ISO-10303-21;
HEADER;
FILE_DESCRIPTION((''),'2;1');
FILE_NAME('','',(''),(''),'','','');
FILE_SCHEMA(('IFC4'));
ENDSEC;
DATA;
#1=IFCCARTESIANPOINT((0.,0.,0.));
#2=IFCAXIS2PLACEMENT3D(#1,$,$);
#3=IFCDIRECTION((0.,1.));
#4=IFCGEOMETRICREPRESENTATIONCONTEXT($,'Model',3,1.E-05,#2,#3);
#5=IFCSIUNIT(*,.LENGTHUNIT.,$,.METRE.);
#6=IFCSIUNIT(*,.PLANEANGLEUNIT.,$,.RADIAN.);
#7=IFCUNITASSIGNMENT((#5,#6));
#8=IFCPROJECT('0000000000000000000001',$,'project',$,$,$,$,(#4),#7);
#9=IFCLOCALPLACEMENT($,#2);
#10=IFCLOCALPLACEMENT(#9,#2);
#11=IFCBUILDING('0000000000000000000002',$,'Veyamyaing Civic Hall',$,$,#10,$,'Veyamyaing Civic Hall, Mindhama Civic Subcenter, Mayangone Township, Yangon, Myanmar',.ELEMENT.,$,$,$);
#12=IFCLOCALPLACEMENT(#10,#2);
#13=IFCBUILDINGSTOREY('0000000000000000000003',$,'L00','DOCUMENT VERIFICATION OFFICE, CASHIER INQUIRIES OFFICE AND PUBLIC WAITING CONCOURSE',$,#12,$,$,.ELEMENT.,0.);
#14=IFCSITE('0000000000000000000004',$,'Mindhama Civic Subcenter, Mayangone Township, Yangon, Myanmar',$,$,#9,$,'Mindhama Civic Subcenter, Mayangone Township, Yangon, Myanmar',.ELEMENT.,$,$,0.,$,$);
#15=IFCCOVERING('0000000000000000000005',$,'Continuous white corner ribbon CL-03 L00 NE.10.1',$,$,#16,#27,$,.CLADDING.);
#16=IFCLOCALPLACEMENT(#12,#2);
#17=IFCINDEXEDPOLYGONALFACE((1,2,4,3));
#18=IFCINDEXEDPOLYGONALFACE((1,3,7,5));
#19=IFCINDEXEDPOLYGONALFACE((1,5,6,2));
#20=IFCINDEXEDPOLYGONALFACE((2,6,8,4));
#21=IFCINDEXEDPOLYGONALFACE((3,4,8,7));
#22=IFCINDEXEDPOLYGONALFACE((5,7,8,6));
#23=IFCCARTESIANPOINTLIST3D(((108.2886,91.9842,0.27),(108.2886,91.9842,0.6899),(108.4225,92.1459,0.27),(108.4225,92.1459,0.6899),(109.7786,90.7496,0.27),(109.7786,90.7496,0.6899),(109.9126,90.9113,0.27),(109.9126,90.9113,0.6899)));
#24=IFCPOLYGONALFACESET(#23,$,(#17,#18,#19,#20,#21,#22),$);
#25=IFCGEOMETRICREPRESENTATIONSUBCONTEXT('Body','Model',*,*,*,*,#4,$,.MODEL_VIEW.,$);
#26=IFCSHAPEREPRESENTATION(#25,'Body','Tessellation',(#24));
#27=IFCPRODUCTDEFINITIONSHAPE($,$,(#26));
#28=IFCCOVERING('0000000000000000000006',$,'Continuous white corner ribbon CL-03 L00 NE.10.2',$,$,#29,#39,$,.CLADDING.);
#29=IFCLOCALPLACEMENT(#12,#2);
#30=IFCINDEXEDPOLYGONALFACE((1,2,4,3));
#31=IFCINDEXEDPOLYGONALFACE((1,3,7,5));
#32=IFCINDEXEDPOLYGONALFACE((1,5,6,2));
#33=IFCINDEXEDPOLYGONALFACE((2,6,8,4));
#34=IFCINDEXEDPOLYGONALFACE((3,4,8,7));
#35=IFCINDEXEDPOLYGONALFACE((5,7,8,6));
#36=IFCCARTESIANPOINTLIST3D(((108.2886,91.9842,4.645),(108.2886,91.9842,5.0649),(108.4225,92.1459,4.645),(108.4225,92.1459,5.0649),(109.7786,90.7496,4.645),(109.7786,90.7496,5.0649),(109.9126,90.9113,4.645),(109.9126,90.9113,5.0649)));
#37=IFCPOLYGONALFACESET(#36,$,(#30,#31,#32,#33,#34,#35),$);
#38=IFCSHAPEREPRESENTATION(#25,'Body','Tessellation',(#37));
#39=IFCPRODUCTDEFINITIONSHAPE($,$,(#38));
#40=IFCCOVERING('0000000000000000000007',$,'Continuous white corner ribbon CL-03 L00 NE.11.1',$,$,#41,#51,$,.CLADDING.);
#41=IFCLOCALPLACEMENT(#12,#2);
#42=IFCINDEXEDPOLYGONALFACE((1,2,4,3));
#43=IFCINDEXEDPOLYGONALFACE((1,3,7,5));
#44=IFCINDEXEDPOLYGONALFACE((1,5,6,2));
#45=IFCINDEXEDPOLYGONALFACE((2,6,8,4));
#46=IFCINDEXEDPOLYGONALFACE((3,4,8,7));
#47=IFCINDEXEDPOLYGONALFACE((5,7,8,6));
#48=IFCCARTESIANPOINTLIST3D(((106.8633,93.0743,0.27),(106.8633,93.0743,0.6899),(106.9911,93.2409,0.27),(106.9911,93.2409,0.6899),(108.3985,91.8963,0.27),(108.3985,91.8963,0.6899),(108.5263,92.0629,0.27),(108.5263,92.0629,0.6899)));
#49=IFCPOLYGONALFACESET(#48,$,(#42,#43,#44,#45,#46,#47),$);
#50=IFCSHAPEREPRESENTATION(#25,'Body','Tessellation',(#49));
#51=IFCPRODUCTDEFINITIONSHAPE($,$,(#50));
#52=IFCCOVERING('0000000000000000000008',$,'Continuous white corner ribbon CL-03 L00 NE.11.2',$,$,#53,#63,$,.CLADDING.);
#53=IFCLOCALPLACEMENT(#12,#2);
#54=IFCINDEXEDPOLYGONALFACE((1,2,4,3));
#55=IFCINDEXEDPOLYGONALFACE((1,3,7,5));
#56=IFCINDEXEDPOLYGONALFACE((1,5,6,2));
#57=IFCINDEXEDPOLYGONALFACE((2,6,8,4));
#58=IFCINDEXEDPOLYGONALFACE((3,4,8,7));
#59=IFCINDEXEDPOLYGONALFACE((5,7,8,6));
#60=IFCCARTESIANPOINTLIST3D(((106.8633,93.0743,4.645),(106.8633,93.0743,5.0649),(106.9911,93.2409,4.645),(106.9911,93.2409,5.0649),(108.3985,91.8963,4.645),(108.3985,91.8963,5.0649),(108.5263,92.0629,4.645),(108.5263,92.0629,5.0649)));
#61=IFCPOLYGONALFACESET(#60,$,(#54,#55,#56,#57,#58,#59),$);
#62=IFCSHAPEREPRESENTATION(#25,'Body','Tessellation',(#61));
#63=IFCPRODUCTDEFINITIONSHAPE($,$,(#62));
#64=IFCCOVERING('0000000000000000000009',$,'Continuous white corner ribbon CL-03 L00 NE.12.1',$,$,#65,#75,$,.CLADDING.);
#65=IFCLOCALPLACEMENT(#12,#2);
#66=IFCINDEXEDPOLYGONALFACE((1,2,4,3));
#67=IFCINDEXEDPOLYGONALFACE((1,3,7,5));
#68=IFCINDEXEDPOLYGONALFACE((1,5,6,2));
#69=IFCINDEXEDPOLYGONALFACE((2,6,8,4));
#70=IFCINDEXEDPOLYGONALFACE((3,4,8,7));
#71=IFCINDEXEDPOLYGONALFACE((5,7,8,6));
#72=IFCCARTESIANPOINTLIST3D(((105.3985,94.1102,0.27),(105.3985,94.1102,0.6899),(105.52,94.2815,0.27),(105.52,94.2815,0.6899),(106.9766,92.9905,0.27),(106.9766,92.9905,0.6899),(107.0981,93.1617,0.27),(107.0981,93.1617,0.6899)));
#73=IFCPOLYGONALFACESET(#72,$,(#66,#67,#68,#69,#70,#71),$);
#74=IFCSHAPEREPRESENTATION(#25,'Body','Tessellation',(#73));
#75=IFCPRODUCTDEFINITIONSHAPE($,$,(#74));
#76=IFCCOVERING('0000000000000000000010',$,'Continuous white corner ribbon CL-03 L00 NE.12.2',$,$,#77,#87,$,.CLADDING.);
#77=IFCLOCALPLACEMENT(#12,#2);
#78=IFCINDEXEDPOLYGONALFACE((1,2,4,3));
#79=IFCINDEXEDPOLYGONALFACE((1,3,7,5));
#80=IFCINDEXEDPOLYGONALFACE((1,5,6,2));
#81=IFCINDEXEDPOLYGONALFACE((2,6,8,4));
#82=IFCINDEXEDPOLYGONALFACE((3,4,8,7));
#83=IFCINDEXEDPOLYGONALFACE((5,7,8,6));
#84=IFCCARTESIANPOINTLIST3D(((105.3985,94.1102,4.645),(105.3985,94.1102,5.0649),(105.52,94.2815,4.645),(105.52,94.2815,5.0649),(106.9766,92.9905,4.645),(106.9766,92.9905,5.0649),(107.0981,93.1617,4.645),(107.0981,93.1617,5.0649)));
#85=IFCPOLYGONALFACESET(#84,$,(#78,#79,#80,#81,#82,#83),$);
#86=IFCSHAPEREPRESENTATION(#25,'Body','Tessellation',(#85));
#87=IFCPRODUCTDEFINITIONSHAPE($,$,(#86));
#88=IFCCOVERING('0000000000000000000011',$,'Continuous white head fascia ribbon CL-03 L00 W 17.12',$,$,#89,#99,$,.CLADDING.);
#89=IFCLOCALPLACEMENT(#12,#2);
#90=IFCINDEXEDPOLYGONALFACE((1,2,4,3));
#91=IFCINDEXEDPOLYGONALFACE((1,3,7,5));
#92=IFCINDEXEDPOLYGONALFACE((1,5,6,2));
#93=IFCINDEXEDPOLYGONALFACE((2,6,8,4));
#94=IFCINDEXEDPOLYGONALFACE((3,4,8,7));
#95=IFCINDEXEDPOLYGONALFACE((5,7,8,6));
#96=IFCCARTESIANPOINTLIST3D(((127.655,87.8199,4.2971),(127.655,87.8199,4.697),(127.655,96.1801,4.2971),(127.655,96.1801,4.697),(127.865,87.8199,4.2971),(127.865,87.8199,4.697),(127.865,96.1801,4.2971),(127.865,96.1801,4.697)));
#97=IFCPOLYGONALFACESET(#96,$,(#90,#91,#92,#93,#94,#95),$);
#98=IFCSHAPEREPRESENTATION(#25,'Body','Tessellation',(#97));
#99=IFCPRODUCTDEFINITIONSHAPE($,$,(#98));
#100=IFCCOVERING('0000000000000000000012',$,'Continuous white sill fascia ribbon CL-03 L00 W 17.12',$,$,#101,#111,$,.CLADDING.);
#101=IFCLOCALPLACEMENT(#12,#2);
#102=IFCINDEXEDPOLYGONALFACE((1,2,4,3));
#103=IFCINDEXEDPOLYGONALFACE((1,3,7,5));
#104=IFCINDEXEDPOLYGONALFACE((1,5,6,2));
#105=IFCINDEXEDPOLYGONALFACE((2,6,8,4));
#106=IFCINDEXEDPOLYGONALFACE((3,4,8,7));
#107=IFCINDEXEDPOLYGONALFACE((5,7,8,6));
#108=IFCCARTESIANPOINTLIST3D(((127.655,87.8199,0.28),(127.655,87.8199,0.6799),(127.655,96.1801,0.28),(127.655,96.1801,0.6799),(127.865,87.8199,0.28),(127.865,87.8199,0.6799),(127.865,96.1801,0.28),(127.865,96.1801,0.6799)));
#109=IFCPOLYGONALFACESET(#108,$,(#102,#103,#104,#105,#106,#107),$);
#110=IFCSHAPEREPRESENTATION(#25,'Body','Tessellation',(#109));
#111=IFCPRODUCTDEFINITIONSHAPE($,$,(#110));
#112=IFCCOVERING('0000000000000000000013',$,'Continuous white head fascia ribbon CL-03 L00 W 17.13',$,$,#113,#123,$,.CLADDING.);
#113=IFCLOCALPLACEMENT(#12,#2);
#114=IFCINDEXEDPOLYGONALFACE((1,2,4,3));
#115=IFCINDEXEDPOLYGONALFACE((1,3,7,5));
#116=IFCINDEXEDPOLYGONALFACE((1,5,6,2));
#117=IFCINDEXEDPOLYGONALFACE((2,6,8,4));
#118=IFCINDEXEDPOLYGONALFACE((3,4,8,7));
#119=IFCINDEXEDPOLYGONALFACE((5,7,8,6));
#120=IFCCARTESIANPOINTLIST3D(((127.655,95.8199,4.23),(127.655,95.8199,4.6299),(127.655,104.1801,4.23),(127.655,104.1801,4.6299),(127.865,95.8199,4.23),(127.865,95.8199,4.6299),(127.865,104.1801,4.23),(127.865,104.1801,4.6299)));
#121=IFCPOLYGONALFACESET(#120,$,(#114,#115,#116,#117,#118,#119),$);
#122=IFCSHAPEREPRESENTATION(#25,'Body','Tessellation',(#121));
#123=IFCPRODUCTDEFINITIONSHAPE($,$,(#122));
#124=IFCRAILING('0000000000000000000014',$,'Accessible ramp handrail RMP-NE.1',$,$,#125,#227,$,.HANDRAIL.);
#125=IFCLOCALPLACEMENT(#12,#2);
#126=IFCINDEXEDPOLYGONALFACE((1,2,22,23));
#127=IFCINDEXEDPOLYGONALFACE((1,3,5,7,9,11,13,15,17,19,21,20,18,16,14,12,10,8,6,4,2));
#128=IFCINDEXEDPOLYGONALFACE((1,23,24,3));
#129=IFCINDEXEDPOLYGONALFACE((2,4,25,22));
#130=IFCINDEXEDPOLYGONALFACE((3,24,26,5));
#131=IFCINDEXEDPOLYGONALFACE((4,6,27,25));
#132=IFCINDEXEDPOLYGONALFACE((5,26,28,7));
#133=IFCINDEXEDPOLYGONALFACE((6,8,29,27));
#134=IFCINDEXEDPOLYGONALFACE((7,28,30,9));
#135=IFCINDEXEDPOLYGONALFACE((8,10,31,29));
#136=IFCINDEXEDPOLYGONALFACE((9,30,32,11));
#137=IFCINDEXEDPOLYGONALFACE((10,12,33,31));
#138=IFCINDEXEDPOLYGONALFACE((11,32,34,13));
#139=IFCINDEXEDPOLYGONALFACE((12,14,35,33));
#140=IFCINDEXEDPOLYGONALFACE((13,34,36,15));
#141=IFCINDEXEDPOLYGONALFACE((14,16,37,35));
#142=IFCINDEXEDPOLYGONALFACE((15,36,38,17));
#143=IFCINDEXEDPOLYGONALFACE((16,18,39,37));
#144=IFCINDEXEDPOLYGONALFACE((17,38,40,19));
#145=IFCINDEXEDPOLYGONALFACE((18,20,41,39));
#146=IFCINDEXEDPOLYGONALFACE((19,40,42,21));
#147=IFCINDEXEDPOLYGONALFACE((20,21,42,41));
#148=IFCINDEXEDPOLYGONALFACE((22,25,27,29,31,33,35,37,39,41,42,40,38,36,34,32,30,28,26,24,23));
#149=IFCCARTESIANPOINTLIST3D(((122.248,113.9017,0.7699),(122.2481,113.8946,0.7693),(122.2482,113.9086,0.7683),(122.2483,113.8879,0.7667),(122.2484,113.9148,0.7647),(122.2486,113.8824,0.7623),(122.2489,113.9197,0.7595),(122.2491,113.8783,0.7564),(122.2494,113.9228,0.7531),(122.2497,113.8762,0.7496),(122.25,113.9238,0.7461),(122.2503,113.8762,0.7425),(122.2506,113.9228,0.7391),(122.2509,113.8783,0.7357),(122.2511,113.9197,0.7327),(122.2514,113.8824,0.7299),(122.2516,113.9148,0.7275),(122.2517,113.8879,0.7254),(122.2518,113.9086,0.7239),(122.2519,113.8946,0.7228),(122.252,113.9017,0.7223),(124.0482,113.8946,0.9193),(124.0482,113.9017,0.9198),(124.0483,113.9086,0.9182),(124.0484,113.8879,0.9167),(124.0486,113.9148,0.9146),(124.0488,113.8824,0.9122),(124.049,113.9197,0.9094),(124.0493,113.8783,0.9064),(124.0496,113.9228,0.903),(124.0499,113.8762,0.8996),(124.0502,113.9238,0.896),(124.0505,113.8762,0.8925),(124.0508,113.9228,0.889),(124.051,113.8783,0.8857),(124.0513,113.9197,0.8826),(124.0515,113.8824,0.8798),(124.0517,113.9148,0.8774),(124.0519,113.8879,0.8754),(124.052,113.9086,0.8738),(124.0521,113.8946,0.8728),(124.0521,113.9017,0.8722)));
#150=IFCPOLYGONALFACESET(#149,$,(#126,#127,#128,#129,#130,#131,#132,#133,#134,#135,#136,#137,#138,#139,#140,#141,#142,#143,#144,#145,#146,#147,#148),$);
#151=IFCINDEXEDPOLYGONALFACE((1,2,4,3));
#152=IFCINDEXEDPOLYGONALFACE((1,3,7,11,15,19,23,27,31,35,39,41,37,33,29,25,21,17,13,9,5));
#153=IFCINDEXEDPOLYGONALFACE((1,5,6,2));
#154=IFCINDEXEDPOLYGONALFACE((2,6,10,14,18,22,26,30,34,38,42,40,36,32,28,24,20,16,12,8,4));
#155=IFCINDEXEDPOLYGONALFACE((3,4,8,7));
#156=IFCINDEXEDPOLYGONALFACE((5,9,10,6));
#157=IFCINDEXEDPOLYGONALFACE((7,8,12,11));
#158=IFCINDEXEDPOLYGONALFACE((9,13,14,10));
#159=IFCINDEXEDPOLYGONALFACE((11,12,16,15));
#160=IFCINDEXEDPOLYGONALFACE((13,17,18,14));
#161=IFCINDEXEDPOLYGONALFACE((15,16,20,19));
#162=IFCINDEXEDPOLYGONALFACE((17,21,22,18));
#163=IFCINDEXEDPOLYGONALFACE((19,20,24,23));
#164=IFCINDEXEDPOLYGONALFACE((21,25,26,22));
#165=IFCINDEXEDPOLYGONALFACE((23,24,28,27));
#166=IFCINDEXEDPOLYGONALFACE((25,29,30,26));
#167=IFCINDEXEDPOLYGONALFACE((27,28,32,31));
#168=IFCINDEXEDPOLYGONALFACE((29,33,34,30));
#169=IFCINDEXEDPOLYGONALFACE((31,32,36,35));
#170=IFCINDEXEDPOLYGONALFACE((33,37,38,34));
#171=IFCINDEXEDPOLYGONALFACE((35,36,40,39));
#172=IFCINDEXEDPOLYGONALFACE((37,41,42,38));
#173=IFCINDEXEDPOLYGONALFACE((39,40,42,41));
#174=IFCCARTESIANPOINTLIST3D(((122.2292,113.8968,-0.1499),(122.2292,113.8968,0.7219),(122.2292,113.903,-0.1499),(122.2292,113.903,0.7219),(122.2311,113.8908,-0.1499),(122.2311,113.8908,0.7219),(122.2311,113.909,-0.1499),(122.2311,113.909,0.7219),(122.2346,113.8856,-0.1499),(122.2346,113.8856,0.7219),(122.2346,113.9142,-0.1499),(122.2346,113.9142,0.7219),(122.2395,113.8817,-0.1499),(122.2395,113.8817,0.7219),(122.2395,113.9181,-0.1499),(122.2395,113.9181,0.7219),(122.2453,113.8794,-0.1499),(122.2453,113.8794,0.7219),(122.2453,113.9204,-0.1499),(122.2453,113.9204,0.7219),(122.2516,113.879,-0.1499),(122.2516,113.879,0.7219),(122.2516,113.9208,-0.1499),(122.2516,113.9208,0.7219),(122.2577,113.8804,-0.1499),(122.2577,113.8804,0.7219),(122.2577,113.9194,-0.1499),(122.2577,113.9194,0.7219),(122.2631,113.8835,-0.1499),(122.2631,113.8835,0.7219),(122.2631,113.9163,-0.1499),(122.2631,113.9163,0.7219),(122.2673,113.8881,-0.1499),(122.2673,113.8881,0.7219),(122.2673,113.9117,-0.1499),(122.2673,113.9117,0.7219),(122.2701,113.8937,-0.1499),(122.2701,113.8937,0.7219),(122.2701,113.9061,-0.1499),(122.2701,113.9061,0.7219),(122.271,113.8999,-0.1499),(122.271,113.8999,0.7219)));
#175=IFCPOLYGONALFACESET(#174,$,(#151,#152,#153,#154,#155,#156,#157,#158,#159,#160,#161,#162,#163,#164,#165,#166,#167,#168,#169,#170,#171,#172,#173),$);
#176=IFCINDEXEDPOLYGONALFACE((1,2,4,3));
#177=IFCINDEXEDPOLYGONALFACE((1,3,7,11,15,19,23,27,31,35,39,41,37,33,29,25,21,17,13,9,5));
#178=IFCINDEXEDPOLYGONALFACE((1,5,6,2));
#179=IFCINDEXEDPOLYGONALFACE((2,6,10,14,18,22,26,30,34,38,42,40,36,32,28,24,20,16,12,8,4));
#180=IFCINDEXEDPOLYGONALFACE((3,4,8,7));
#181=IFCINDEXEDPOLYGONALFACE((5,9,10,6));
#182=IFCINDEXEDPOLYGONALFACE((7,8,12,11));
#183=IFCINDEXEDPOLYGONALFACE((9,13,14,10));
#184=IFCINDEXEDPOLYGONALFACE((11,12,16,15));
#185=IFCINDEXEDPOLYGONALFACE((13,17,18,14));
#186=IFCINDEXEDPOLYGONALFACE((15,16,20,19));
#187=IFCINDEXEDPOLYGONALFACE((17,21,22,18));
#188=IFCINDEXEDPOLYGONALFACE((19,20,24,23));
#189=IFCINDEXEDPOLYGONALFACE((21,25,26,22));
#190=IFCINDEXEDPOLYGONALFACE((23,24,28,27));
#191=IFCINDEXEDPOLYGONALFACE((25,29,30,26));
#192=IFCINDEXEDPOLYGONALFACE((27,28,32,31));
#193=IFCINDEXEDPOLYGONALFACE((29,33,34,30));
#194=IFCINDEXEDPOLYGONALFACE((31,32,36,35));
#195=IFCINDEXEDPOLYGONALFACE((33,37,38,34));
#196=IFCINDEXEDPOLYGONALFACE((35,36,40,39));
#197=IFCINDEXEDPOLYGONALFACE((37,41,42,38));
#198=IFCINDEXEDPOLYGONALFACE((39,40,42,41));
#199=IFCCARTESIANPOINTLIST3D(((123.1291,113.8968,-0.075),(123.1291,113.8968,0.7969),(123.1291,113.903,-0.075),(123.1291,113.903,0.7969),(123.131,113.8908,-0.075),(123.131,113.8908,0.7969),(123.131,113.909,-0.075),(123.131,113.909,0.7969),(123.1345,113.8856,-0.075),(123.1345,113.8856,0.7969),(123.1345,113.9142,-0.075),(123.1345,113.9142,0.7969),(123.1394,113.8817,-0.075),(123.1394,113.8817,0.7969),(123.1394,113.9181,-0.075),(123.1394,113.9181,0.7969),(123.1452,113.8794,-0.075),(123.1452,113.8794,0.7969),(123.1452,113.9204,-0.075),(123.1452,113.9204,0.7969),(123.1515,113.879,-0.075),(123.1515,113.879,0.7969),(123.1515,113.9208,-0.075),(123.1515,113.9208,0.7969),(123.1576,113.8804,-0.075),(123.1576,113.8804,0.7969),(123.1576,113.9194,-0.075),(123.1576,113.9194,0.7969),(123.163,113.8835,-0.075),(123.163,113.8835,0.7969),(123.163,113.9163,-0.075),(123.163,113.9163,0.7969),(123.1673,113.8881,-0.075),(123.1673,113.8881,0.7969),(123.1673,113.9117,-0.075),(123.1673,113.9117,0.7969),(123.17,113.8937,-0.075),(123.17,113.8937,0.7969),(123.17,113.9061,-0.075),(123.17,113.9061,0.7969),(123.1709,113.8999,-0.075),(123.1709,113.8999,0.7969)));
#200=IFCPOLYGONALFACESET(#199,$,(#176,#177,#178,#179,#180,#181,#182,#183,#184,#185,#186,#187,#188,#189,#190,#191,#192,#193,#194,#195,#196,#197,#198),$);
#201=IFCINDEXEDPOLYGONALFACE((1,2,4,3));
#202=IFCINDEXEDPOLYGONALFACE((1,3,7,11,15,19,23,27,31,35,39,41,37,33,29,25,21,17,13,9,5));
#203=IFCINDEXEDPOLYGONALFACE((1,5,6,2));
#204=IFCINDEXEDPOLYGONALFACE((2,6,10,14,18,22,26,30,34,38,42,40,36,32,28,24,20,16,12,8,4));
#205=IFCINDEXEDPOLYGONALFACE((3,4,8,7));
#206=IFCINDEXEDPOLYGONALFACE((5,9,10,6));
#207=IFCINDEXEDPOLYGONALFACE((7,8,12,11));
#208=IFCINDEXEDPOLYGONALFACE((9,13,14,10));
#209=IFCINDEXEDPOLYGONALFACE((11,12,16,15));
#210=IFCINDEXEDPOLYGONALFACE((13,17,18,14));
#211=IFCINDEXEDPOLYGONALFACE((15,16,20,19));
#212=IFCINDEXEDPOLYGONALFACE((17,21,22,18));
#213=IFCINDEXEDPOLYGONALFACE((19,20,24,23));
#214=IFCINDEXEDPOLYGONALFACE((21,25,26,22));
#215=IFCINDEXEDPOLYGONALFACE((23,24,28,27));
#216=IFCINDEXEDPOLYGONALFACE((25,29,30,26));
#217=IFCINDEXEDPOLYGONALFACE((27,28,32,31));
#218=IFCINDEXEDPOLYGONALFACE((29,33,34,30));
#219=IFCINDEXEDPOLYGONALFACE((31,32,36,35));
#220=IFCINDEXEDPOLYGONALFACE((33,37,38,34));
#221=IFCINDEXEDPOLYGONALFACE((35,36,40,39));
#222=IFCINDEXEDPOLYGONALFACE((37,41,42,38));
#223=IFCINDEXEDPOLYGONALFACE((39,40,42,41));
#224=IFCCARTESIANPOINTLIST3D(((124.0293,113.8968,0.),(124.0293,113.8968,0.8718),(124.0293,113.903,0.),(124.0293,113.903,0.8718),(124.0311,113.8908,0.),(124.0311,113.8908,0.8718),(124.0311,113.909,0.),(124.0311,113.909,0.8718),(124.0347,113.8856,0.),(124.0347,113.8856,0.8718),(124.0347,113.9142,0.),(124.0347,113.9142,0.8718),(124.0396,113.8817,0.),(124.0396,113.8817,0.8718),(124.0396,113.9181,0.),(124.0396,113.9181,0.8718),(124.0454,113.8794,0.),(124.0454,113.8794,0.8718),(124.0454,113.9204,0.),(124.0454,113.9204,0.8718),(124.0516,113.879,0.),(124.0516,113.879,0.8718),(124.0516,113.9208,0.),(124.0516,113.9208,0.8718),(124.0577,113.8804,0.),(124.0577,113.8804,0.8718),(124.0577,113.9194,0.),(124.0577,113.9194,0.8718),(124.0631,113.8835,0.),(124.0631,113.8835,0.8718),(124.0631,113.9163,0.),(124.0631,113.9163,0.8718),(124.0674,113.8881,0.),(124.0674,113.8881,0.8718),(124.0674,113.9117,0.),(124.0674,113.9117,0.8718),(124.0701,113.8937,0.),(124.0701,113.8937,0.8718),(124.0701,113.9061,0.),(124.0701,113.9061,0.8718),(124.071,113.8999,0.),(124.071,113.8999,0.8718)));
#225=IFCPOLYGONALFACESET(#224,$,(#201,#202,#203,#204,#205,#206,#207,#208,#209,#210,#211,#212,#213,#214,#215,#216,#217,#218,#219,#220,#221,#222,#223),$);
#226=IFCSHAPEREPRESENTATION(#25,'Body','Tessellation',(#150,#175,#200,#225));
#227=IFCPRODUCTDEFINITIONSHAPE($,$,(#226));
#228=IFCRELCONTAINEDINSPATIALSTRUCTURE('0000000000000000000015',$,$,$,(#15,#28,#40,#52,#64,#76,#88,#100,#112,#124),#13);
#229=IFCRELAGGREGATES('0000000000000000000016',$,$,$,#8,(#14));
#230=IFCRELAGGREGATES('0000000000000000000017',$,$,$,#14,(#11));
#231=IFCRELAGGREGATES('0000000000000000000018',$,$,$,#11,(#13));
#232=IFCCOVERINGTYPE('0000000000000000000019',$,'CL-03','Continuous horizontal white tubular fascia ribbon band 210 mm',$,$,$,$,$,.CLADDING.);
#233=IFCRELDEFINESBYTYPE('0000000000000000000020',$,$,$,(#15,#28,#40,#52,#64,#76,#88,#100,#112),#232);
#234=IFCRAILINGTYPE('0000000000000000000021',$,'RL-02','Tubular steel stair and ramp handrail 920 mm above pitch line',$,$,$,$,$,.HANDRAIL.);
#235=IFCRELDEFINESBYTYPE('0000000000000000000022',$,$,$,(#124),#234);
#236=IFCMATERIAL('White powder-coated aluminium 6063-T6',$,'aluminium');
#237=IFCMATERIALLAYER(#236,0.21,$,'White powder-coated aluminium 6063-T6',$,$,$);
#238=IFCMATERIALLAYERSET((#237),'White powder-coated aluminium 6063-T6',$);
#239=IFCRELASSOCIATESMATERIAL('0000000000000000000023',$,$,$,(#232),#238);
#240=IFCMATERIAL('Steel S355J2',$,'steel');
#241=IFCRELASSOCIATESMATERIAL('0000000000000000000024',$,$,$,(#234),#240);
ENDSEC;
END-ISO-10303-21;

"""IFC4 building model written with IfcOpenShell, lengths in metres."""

from ifc_helpers import new_model, si_unit, direction, frame, origin, origin_2d, place, context, subcontext, project, spatial, rectangle, circle, extrude, material, layer, layer_set, type_object, element, save


model = new_model("IFC4")

# Units and contexts
model_context = context("Model", 3, precision=1e-05, world=origin(), true_north=direction((0.0, 1.0)))
body_context = subcontext(model_context, "Body", "Model", "MODEL_VIEW")
ifc_project = project(units=[si_unit("LENGTHUNIT", "METRE"), si_unit("PLANEANGLEUNIT", "RADIAN")], contexts=[model_context])

# Site, building, storey
site_placement = place(None, origin())
site = spatial("IfcSite", under=ifc_project, at=site_placement, Name="Mindhama Civic Subcenter, Mayangone Township, Yangon, Myanmar", LongName="Mindhama Civic Subcenter, Mayangone Township, Yangon, Myanmar", CompositionType="ELEMENT", RefElevation=0.0)
building_placement = place(site_placement, origin())
building = spatial("IfcBuilding", under=site, at=building_placement, Name="Veyamyaing Civic Hall", LongName="Veyamyaing Civic Hall, Mindhama Civic Subcenter, Mayangone Township, Yangon, Myanmar", CompositionType="ELEMENT")
storey_placement = place(building_placement, origin())
storey = spatial("IfcBuildingStorey", under=building, at=storey_placement, Name="L00", Description="DOCUMENT VERIFICATION OFFICE, CASHIER INQUIRIES OFFICE AND PUBLIC WAITING CONCOURSE", CompositionType="ELEMENT", Elevation=0.0)

# Coverings
ifc_material_1 = material(Name="White powder-coated aluminium 6063-T6", Category="aluminium")
ifc_layer_1 = layer(ifc_material_1, 0.21, Name="White powder-coated aluminium 6063-T6")
ifc_layer_set_1 = layer_set([ifc_layer_1], Name="White powder-coated aluminium 6063-T6")
covering_type = type_object("IfcCoveringType", Name="CL-03", Description="Continuous horizontal white tubular fascia ribbon band 210 mm", PredefinedType="CLADDING", material=ifc_layer_set_1)
for number, where, z_axis, x_axis, name in (
    (1, (109.1006, 91.4478, 0.27), (0.0, 0.0, 1.0), (-0.770036, 0.638, 0.0), "Continuous white corner ribbon CL-03 L00 NE.10.1"),
    (2, (109.1006, 91.4478, 4.645), (0.0, 0.0, 1.0), (-0.770036, 0.638, 0.0), "Continuous white corner ribbon CL-03 L00 NE.10.2"),
    (3, (107.6948, 92.5686, 0.27), (0.0, 0.0, 1.0), (-0.793353, 0.608761, 0.0), "Continuous white corner ribbon CL-03 L00 NE.11.1"),
    (4, (107.6948, 92.5686, 4.645), (0.0, 0.0, 1.0), (-0.793353, 0.608761, 0.0), "Continuous white corner ribbon CL-03 L00 NE.11.2"),
    (5, (106.2483, 93.636, 0.27), (0.0, 0.0, 1.0), (-0.815561, 0.578671, 0.0), "Continuous white corner ribbon CL-03 L00 NE.12.1"),
    (6, (106.2483, 93.636, 4.645), (0.0, 0.0, 1.0), (-0.815561, 0.578671, 0.0), "Continuous white corner ribbon CL-03 L00 NE.12.2"),
):
    element("IfcCovering", number, at=place(storey_placement, frame(where, z_axis=z_axis, x_axis=x_axis)), inside=storey, type_object=covering_type, Name=name, PredefinedType="CLADDING", context=body_context, shape_type="SweptSolid", body=[
        extrude(rectangle(XDim=1.9351, YDim=0.21, at=origin_2d()), origin(), (0.0, 0.0, 1.0), 0.4199),
    ])
for number, where, z_axis, x_axis, name in (
    (7, (127.76, 92.0, 4.2971), (0.0, 0.0, 1.0), (0.0, 1.0, 0.0), "Continuous white head fascia ribbon CL-03 L00 W 17.12"),
    (8, (127.76, 92.0, 0.28), (0.0, 0.0, 1.0), (0.0, 1.0, 0.0), "Continuous white sill fascia ribbon CL-03 L00 W 17.12"),
    (9, (127.76, 100.0, 4.23), (0.0, 0.0, 1.0), (0.0, 1.0, 0.0), "Continuous white head fascia ribbon CL-03 L00 W 17.13"),
):
    element("IfcCovering", number, at=place(storey_placement, frame(where, z_axis=z_axis, x_axis=x_axis)), inside=storey, type_object=covering_type, Name=name, PredefinedType="CLADDING", context=body_context, shape_type="SweptSolid", body=[
        extrude(rectangle(XDim=8.3601, YDim=0.21, at=origin_2d()), origin(), (0.0, 0.0, 1.0), 0.3999),
    ])

# Railing
ifc_material_2 = material(Name="Steel S355J2", Category="steel")
railing_type = type_object("IfcRailingType", Name="RL-02", Description="Tubular steel stair and ramp handrail 920 mm above pitch line", PredefinedType="HANDRAIL", material=ifc_material_2)
for number, where, name in (
    (10, (122.25, 113.8999, -0.1499), "Accessible ramp handrail RMP-NE.1"),
):
    element("IfcRailing", number, at=place(storey_placement, frame(where)), inside=storey, type_object=railing_type, Name=name, PredefinedType="HANDRAIL", context=body_context, shape_type="SweptSolid", body=[
        extrude(circle(Radius=0.0239, at=origin_2d()), frame((0.0, 0.0, 0.896), z_axis=(0.99655, 0.0, 0.08299), x_axis=(0.0, 1.0, 0.0)), (0.0, 0.0, 1.0), 1.8064),
        extrude(circle(Radius=0.021, at=origin_2d()), origin(), (0.0, 0.0, 1.0), 0.8718),
        extrude(circle(Radius=0.021, at=origin_2d()), frame((0.8999, 0.0, 0.075)), (0.0, 0.0, 1.0), 0.8718),
        extrude(circle(Radius=0.021, at=origin_2d()), frame((1.8, 0.0, 0.1499)), (0.0, 0.0, 1.0), 0.8718),
    ])

save(model, "model.ifc")
